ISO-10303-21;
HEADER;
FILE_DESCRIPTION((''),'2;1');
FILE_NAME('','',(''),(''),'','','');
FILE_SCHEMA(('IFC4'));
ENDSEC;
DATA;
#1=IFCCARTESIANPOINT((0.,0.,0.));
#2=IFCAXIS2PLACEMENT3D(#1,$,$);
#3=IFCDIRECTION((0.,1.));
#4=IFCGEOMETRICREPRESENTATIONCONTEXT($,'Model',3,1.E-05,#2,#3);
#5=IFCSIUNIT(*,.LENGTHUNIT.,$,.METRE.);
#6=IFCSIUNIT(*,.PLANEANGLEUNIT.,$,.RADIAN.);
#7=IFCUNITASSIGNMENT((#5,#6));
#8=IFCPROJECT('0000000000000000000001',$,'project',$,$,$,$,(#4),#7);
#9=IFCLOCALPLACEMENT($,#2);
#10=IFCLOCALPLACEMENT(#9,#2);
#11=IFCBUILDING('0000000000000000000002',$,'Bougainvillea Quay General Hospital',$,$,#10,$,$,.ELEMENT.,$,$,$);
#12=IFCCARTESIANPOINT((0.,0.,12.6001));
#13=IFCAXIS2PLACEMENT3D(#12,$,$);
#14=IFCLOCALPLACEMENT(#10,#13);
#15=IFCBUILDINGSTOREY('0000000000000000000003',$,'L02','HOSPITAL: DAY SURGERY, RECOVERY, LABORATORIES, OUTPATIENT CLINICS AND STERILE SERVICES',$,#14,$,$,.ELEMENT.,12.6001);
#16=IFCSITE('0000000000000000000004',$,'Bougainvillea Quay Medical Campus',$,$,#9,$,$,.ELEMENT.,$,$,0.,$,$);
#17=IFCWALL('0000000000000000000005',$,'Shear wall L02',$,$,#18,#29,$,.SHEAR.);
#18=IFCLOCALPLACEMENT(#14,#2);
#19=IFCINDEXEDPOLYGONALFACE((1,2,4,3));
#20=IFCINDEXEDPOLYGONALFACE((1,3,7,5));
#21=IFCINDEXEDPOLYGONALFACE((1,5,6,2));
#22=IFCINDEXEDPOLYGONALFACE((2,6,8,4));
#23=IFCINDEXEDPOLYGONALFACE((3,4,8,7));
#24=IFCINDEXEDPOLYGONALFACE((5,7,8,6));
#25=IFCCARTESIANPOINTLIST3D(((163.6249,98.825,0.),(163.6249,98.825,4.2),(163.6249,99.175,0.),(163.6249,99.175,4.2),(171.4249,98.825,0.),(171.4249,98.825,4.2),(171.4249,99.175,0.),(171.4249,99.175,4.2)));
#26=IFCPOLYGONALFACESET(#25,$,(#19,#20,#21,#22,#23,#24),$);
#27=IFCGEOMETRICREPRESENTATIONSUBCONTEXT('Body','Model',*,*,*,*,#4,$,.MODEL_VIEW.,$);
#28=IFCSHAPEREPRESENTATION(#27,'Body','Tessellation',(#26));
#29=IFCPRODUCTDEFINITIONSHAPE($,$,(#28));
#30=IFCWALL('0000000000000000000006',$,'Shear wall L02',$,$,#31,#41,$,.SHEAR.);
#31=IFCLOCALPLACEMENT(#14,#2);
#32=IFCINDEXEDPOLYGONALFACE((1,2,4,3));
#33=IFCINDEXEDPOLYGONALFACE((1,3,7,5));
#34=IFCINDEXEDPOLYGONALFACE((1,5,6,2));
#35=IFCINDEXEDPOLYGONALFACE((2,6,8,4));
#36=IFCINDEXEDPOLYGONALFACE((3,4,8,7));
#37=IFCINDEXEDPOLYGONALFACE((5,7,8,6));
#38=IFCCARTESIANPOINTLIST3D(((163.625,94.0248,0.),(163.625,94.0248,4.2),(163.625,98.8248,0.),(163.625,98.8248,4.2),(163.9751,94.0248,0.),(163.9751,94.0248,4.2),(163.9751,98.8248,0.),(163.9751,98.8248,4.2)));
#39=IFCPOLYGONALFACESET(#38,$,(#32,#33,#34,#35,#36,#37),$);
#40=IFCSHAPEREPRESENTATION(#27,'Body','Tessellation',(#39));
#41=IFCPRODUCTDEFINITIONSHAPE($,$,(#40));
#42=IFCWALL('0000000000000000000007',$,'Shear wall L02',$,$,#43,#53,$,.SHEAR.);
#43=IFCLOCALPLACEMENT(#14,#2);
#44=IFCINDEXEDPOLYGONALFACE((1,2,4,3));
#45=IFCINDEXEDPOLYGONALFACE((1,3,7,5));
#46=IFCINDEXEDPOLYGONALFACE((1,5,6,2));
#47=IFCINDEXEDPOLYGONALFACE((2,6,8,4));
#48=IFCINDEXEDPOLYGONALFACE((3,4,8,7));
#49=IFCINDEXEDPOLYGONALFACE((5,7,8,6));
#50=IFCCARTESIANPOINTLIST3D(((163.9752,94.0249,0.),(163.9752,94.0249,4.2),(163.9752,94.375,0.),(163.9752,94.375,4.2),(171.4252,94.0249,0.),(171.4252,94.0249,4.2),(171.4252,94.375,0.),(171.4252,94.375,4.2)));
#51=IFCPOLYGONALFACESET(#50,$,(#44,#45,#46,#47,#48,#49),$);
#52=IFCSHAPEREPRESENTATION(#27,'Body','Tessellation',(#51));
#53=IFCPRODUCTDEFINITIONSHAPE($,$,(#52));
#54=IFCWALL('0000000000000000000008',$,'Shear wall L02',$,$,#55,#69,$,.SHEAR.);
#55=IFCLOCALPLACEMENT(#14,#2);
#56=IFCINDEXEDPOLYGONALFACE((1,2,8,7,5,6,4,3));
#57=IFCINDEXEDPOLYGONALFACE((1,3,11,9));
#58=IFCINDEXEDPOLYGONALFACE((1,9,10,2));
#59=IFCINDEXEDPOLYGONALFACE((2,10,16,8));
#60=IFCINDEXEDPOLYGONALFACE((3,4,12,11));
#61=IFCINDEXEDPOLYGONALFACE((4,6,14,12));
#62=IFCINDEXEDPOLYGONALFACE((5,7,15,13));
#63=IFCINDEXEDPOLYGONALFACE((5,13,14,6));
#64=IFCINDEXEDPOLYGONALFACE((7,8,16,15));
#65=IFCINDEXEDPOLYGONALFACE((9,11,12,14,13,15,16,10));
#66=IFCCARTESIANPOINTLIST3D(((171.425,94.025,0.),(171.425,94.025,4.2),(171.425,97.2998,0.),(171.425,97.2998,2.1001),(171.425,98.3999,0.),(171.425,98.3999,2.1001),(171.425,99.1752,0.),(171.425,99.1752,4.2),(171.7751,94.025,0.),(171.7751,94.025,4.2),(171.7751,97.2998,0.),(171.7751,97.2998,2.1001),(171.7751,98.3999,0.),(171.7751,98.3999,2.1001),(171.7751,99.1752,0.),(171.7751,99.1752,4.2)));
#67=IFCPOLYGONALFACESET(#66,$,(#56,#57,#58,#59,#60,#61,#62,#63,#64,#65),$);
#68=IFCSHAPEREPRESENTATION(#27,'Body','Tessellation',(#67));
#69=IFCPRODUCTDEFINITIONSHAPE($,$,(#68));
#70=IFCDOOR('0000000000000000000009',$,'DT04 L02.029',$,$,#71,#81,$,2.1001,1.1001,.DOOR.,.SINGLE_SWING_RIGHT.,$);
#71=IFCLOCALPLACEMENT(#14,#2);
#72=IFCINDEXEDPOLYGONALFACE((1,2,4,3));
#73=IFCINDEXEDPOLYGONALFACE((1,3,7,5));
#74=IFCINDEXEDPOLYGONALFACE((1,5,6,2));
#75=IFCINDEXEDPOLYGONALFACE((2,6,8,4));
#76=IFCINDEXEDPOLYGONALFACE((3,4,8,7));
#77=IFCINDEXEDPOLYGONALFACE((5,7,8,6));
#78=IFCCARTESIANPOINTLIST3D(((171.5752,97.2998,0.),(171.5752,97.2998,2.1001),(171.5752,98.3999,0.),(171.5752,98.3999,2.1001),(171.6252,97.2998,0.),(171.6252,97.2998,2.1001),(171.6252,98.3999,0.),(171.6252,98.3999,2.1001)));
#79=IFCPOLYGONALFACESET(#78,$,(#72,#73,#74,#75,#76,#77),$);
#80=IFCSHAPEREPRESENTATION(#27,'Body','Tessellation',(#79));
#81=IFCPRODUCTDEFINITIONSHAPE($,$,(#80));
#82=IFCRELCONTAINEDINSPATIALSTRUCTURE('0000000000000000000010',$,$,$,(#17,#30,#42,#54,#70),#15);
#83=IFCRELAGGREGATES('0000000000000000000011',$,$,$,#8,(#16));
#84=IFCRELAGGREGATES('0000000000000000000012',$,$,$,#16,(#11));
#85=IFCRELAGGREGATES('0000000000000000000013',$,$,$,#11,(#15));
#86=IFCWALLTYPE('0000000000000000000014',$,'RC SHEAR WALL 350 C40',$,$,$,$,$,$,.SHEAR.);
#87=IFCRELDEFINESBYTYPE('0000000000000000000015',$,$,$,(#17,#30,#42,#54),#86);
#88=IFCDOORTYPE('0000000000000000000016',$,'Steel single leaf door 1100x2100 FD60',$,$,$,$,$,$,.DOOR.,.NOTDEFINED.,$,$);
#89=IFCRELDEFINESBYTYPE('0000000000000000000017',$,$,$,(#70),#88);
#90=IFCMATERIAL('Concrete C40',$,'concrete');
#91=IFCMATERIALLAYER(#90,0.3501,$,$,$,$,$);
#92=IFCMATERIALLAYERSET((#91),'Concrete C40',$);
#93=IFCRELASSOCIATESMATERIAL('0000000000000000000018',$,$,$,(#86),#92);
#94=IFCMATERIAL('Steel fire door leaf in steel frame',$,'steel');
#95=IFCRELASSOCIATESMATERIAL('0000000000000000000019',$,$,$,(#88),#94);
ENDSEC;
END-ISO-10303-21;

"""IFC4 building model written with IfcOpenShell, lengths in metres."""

from ifc_helpers import new_model, si_unit, direction, frame, frame_2d, origin, place, context, subcontext, project, spatial, rectangle, extrude, material, layer, layer_set, type_object, element, fill, save


model = new_model("IFC4")

# Units and contexts
model_context = context("Model", 3, precision=1e-05, world=origin(), true_north=direction((0.0, 1.0)))
body_context = subcontext(model_context, "Body", "Model", "MODEL_VIEW")
ifc_project = project(units=[si_unit("LENGTHUNIT", "METRE"), si_unit("PLANEANGLEUNIT", "RADIAN")], contexts=[model_context])

# Site, building, storey
site_placement = place(None, origin())
site = spatial("IfcSite", under=ifc_project, at=site_placement, Name="Bougainvillea Quay Medical Campus", CompositionType="ELEMENT", RefElevation=0.0)
building_placement = place(site_placement, origin())
building = spatial("IfcBuilding", under=site, at=building_placement, Name="Bougainvillea Quay General Hospital", CompositionType="ELEMENT")
storey_placement = place(building_placement, frame((0.0, 0.0, 12.6001)))
storey = spatial("IfcBuildingStorey", under=building, at=storey_placement, Name="L02", Description="HOSPITAL: DAY SURGERY, RECOVERY, LABORATORIES, OUTPATIENT CLINICS AND STERILE SERVICES", CompositionType="ELEMENT", Elevation=12.6001)

# Shared definitions
ifc_material_1 = material(Name="Concrete C40", Category="concrete")

# Walls
ifc_layer_1 = layer(ifc_material_1, 0.3501)
ifc_layer_set_1 = layer_set([ifc_layer_1], Name="Concrete C40")
wall_type_1 = type_object("IfcWallType", Name="RC SHEAR WALL 350 C40", PredefinedType="SHEAR", material=ifc_layer_set_1)
wall_1_placement = place(storey_placement, frame((163.625, 99.0, 0.0), z_axis=(0.0, 0.0, 1.0), x_axis=(1.0, 0.0, 0.0)))
element("IfcWall", 1, at=wall_1_placement, inside=storey, type_object=wall_type_1, Name="Shear wall L02", PredefinedType="SHEAR", context=body_context, shape_type="SweptSolid", body=[
    extrude(rectangle(XDim=7.8, YDim=0.3501, at=frame_2d((3.8999, 0.0))), origin(), (0.0, 0.0, 1.0), 4.2),
])
wall_2_placement = place(storey_placement, frame((163.8, 94.0249, 0.0), z_axis=(0.0, 0.0, 1.0), x_axis=(0.0, 1.0, 0.0)))
element("IfcWall", 2, at=wall_2_placement, inside=storey, type_object=wall_type_1, Name="Shear wall L02", PredefinedType="SHEAR", context=body_context, shape_type="SweptSolid", body=[
    extrude(rectangle(XDim=4.8, YDim=0.3501, at=frame_2d((2.3999, 0.0))), origin(), (0.0, 0.0, 1.0), 4.2),
])
wall_3_placement = place(storey_placement, frame((163.9751, 94.2, 0.0), z_axis=(0.0, 0.0, 1.0), x_axis=(1.0, 0.0, 0.0)))
element("IfcWall", 3, at=wall_3_placement, inside=storey, type_object=wall_type_1, Name="Shear wall L02", PredefinedType="SHEAR", context=body_context, shape_type="SweptSolid", body=[
    extrude(rectangle(XDim=7.45, YDim=0.3501, at=frame_2d((3.7251, 0.0))), origin(), (0.0, 0.0, 1.0), 4.2),
])

# Wall, opening, door
wall_4_placement = place(storey_placement, frame((171.6001, 94.0249, 0.0), z_axis=(0.0, 0.0, 1.0), x_axis=(0.0, 1.0, 0.0)))
wall_4 = element("IfcWall", 4, at=wall_4_placement, inside=storey, type_object=wall_type_1, Name="Shear wall L02", PredefinedType="SHEAR", context=body_context, shape_type="SweptSolid", body=[
    extrude(rectangle(XDim=5.1501, YDim=0.3501, at=frame_2d((2.5752, 0.0))), origin(), (0.0, 0.0, 1.0), 4.2),
])
opening_1_placement = place(wall_4_placement, frame((3.2749, 0.0, 0.0)))
opening_1 = element("IfcOpeningElement", 5, at=opening_1_placement, cuts=wall_4, PredefinedType="OPENING", context=body_context, shape_type="SweptSolid", body=[
    extrude(rectangle(XDim=1.1001, YDim=2.1001, at=frame_2d((0.55, 1.05))), frame((0.0, 0.1851, 0.0), z_axis=(0.0, -1.0, 0.0), x_axis=(1.0, 0.0, 0.0)), (0.0, 0.0, 1.0), 0.3701),
])
ifc_material_2 = material(Name="Steel fire door leaf in steel frame", Category="steel")
door_type_1 = type_object("IfcDoorType", Name="Steel single leaf door 1100x2100 FD60", OperationType="NOTDEFINED", PredefinedType="DOOR", material=ifc_material_2)
door_1_placement = place(opening_1_placement, origin())
door_1 = element("IfcDoor", 6, at=door_1_placement, inside=storey, type_object=door_type_1, Name="DT04 L02.029", OperationType="SINGLE_SWING_RIGHT", OverallHeight=2.1001, OverallWidth=1.1001, PredefinedType="DOOR", context=body_context, shape_type="SweptSolid", body=[
    extrude(rectangle(XDim=1.1001, YDim=2.1001, at=frame_2d((0.55, 1.05))), frame((0.0, 0.0249, 0.0), z_axis=(0.0, -1.0, 0.0), x_axis=(1.0, 0.0, 0.0)), (0.0, 0.0, 1.0), 0.05),
])
fill(opening_1, door_1)

save(model, "model.ifc")
